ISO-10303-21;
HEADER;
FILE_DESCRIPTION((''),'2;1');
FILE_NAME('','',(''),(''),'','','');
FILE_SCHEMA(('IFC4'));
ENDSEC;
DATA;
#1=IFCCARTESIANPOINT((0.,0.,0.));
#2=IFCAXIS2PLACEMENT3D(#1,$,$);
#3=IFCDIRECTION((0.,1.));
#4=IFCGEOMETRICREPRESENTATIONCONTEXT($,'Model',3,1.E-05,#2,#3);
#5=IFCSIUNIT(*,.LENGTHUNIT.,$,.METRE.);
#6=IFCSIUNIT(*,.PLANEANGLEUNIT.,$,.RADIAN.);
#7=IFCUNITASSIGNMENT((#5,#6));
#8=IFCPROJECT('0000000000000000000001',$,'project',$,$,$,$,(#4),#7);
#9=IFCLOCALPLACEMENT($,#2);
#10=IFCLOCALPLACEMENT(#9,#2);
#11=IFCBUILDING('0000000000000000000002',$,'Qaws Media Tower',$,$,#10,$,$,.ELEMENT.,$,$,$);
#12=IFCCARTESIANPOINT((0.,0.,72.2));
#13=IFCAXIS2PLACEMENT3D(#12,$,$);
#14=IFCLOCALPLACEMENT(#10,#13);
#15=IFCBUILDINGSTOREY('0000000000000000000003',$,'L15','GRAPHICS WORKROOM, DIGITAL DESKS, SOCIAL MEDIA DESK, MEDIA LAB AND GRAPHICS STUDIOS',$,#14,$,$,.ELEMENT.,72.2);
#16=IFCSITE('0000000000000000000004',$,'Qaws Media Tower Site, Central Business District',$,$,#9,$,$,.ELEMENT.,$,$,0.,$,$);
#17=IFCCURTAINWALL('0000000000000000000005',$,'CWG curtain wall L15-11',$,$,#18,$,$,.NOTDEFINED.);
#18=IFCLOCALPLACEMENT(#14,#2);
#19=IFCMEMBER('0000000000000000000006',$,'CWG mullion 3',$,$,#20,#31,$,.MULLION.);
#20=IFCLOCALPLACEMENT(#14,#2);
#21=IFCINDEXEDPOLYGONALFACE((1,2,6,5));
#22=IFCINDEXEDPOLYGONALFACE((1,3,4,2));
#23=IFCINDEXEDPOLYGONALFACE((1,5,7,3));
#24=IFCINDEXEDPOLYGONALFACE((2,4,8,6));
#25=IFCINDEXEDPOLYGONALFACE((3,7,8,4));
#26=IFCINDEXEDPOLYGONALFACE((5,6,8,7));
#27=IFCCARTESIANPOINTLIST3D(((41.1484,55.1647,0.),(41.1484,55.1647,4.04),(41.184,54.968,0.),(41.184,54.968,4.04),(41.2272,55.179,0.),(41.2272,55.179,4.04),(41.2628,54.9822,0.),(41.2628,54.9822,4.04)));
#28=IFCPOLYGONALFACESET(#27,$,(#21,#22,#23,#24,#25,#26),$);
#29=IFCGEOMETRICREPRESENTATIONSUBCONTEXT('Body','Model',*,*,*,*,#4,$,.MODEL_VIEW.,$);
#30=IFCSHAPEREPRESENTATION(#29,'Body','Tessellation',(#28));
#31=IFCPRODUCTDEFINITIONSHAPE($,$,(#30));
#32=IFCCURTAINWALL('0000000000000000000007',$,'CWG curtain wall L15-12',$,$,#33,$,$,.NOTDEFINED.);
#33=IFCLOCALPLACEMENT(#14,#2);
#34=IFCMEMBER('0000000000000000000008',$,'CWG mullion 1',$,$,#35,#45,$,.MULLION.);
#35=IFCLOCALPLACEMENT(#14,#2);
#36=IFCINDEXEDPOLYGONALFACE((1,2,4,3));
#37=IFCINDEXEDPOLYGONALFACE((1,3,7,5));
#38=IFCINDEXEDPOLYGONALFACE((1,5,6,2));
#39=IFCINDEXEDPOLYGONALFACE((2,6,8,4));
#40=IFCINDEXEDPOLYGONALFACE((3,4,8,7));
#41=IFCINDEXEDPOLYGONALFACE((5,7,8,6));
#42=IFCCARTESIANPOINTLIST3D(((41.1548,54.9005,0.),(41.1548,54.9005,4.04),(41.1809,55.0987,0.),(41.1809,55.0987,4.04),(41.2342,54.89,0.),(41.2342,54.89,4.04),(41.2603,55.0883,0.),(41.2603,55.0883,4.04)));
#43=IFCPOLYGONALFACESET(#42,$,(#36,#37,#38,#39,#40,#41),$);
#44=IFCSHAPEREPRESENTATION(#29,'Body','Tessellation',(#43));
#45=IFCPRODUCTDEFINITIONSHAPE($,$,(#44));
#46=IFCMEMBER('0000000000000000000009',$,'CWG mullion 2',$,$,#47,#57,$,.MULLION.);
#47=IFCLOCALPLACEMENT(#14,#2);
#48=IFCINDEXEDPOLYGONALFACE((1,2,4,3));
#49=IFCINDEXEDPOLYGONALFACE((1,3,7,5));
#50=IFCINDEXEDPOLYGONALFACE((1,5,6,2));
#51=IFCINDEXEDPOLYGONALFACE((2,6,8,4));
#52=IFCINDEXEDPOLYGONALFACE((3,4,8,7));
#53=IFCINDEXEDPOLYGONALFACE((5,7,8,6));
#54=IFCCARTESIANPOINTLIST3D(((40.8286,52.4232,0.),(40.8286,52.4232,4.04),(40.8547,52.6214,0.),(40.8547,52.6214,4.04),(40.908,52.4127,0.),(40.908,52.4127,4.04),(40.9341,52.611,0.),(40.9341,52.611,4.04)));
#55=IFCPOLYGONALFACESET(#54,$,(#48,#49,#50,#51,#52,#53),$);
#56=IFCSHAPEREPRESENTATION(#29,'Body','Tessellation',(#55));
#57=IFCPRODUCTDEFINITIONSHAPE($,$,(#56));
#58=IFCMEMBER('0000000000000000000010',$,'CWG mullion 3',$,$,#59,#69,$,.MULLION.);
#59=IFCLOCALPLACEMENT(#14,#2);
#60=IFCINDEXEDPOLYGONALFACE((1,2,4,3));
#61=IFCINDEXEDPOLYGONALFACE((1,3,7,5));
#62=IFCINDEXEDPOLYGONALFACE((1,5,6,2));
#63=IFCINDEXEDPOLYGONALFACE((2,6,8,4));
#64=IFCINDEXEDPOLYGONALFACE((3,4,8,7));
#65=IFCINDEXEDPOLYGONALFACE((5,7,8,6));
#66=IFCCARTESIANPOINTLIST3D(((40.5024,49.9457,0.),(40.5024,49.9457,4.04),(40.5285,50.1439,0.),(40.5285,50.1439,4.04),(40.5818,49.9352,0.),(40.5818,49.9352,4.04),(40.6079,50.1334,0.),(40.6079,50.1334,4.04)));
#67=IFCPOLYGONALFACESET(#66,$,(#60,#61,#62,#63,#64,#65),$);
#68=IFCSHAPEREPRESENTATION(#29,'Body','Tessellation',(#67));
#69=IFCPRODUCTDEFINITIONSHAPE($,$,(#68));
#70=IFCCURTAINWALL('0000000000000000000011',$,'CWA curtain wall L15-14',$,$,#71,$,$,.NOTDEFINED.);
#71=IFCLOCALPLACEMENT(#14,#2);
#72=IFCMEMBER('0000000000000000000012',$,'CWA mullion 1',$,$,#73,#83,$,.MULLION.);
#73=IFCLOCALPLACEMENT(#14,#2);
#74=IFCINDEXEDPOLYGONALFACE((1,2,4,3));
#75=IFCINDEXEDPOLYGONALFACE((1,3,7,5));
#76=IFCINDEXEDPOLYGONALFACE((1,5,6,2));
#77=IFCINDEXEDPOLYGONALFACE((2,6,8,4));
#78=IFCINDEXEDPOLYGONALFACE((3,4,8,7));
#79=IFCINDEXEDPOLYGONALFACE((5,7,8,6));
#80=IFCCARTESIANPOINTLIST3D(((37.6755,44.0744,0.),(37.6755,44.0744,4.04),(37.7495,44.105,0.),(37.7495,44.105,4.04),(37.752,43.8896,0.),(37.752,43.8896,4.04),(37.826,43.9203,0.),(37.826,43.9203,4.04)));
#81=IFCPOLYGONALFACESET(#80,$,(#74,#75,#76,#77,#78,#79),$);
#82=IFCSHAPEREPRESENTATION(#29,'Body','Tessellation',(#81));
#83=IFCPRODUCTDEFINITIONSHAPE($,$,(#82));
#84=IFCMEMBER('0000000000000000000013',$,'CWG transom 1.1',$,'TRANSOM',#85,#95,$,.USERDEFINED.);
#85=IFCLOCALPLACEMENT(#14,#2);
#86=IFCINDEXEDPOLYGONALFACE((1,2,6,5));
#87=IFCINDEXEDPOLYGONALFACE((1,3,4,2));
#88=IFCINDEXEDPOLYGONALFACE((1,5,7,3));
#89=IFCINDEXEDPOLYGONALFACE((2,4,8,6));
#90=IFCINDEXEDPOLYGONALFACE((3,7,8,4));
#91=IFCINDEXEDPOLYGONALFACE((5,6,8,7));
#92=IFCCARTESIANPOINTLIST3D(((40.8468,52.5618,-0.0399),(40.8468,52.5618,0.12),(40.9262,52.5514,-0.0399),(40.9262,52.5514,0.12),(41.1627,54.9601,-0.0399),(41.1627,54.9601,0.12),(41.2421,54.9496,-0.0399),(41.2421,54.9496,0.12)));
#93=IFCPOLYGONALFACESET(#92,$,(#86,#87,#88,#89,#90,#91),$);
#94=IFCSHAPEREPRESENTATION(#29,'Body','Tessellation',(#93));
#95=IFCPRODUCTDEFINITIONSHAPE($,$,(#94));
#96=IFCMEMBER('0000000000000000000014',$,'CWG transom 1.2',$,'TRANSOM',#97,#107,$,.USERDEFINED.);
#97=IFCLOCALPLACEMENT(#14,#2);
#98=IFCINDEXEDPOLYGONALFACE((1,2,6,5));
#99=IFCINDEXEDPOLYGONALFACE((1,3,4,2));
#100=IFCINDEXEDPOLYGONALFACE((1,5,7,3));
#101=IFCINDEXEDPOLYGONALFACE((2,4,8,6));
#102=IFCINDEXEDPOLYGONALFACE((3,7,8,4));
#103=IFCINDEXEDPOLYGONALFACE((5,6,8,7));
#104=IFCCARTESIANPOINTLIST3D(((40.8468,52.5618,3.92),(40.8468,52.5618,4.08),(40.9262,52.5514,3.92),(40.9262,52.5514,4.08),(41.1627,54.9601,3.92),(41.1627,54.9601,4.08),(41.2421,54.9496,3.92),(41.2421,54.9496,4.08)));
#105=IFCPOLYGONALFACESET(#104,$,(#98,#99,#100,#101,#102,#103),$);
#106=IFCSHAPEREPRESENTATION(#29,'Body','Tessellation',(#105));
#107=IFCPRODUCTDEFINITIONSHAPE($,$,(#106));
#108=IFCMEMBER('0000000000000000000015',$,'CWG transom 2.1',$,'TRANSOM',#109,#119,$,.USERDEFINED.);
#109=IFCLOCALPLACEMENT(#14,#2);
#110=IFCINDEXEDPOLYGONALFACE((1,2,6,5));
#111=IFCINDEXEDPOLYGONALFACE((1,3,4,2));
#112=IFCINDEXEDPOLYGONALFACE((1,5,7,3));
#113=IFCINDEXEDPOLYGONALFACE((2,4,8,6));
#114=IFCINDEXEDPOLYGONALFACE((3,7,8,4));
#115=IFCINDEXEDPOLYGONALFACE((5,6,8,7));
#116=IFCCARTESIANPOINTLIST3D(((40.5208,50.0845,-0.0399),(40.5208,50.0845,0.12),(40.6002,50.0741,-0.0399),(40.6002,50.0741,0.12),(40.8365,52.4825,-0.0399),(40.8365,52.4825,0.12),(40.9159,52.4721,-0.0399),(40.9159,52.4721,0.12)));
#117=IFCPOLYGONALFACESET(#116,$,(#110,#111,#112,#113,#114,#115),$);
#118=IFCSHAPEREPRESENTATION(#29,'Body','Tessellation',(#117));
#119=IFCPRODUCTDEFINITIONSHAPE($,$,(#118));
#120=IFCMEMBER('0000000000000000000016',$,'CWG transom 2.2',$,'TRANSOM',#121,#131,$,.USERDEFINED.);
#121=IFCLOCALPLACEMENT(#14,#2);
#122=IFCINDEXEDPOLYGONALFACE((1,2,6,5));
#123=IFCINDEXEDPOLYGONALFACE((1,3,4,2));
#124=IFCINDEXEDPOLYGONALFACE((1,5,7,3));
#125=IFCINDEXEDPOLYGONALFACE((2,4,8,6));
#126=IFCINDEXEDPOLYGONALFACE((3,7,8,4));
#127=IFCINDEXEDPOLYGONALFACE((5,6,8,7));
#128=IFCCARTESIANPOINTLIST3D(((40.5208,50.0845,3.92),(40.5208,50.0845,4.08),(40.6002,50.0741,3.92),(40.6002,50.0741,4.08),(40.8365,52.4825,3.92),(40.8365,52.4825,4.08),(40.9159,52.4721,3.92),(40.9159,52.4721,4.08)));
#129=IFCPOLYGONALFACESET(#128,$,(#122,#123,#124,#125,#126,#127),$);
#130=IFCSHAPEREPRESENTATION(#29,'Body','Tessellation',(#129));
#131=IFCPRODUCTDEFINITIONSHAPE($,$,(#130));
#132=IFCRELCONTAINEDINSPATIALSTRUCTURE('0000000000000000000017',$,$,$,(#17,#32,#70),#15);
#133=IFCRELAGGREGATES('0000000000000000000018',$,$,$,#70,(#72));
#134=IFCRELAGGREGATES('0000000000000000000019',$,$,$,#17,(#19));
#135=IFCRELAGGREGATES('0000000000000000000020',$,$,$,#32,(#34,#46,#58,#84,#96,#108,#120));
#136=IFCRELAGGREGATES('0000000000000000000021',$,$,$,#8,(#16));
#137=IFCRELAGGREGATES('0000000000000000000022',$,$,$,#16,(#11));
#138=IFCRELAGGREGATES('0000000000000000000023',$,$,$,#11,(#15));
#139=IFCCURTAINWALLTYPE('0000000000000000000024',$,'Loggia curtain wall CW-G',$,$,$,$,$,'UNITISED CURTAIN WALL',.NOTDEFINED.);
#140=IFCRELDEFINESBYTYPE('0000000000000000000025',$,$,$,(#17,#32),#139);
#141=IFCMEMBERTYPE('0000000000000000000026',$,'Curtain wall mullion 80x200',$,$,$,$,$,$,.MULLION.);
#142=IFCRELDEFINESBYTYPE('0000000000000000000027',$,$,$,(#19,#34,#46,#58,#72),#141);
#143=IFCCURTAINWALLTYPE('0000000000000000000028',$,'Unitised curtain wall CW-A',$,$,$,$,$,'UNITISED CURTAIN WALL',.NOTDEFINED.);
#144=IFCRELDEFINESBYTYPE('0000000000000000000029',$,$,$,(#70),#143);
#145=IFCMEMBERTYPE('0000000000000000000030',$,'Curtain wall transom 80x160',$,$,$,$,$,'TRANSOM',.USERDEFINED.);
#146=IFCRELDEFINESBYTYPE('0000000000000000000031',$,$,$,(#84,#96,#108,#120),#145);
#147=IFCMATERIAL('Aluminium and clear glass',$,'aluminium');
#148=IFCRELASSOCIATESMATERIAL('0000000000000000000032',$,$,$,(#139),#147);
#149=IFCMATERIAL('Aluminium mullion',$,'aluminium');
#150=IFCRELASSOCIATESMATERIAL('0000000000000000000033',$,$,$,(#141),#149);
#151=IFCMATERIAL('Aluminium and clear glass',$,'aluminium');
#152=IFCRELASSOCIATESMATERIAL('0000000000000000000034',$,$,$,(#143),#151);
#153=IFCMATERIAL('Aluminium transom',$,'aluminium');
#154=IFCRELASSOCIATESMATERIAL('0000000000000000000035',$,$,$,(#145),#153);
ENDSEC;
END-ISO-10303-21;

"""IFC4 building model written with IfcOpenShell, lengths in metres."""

from ifc_helpers import new_model, si_unit, direction, frame, origin, origin_2d, place, context, subcontext, project, spatial, rectangle, extrude, material, material_profile, profile_set, type_object, element, aggregate, save


model = new_model("IFC4")

# Units and contexts
model_context = context("Model", 3, precision=1e-05, world=origin(), true_north=direction((0.0, 1.0)))
body_context = subcontext(model_context, "Body", "Model", "MODEL_VIEW")
ifc_project = project(units=[si_unit("LENGTHUNIT", "METRE"), si_unit("PLANEANGLEUNIT", "RADIAN")], contexts=[model_context])

# Site, building, storey
site_placement = place(None, origin())
site = spatial("IfcSite", under=ifc_project, at=site_placement, Name="Qaws Media Tower Site, Central Business District", CompositionType="ELEMENT", RefElevation=0.0)
building_placement = place(site_placement, origin())
building = spatial("IfcBuilding", under=site, at=building_placement, Name="Qaws Media Tower", CompositionType="ELEMENT")
storey_placement = place(building_placement, frame((0.0, 0.0, 72.2)))
storey = spatial("IfcBuildingStorey", under=building, at=storey_placement, Name="L15", Description="GRAPHICS WORKROOM, DIGITAL DESKS, SOCIAL MEDIA DESK, MEDIA LAB AND GRAPHICS STUDIOS", CompositionType="ELEMENT", Elevation=72.2)

# Curtain wall, member
ifc_material_1 = material(Name="Aluminium and clear glass", Category="aluminium")
curtain_wall_type_1 = type_object("IfcCurtainWallType", Name="Loggia curtain wall CW-G", ElementType="UNITISED CURTAIN WALL", PredefinedType="NOTDEFINED", material=ifc_material_1)
curtain_wall_1_placement = place(storey_placement, origin())
curtain_wall_1 = element("IfcCurtainWall", 1, at=curtain_wall_1_placement, inside=storey, type_object=curtain_wall_type_1, Name="CWG curtain wall L15-11", PredefinedType="NOTDEFINED")
ifc_material_2 = material(Name="Aluminium mullion", Category="aluminium")
ifc_material_profile_1 = material_profile(ifc_material_2, rectangle(XDim=0.0801, YDim=0.2, at=origin_2d()), Name="80x200")
ifc_profile_set_1 = profile_set([ifc_material_profile_1], Name="Aluminium mullion")
member_type_1 = type_object("IfcMemberType", Name="Curtain wall mullion 80x200", PredefinedType="MULLION", material=ifc_profile_set_1)
member_1_placement = place(storey_placement, frame((41.2056, 55.0735, 0.0), z_axis=(0.0, 0.0, 1.0), x_axis=(0.984018, 0.178071, 0.0)))
member_1 = element("IfcMember", 2, at=member_1_placement, type_object=member_type_1, Name="CWG mullion 3", PredefinedType="MULLION", context=body_context, shape_type="SweptSolid", body=[
    extrude(rectangle(XDim=0.0801, YDim=0.2, at=origin_2d()), origin(), (0.0, 0.0, 1.0), 4.04),
])

# Curtain wall, members
curtain_wall_2_placement = place(storey_placement, origin())
curtain_wall_2 = element("IfcCurtainWall", 3, at=curtain_wall_2_placement, inside=storey, type_object=curtain_wall_type_1, Name="CWG curtain wall L15-12", PredefinedType="NOTDEFINED")
member_2_placement = place(storey_placement, frame((41.2075, 54.9944, 0.0), z_axis=(0.0, 0.0, 1.0), x_axis=(0.991445, -0.130526, 0.0)))
member_2 = element("IfcMember", 4, at=member_2_placement, type_object=member_type_1, Name="CWG mullion 1", PredefinedType="MULLION", context=body_context, shape_type="SweptSolid", body=[
    extrude(rectangle(XDim=0.0801, YDim=0.2, at=origin_2d()), origin(), (0.0, 0.0, 1.0), 4.04),
])
member_3_placement = place(storey_placement, frame((40.8813, 52.5171, 0.0), z_axis=(0.0, 0.0, 1.0), x_axis=(0.991445, -0.130526, 0.0)))
member_3 = element("IfcMember", 5, at=member_3_placement, type_object=member_type_1, Name="CWG mullion 2", PredefinedType="MULLION", context=body_context, shape_type="SweptSolid", body=[
    extrude(rectangle(XDim=0.0801, YDim=0.2, at=origin_2d()), origin(), (0.0, 0.0, 1.0), 4.04),
])
member_4_placement = place(storey_placement, frame((40.5552, 50.0396, 0.0), z_axis=(0.0, 0.0, 1.0), x_axis=(0.991445, -0.130526, 0.0)))
member_4 = element("IfcMember", 6, at=member_4_placement, type_object=member_type_1, Name="CWG mullion 3", PredefinedType="MULLION", context=body_context, shape_type="SweptSolid", body=[
    extrude(rectangle(XDim=0.0801, YDim=0.2, at=origin_2d()), origin(), (0.0, 0.0, 1.0), 4.04),
])

# Curtain wall, member
ifc_material_3 = material(Name="Aluminium and clear glass", Category="aluminium")
curtain_wall_type_2 = type_object("IfcCurtainWallType", Name="Unitised curtain wall CW-A", ElementType="UNITISED CURTAIN WALL", PredefinedType="NOTDEFINED", material=ifc_material_3)
curtain_wall_3_placement = place(storey_placement, origin())
curtain_wall_3 = element("IfcCurtainWall", 7, at=curtain_wall_3_placement, inside=storey, type_object=curtain_wall_type_2, Name="CWA curtain wall L15-14", PredefinedType="NOTDEFINED")
member_5_placement = place(storey_placement, frame((37.7507, 43.9973, 0.0), z_axis=(0.0, 0.0, 1.0), x_axis=(0.92388, 0.382683, 0.0)))
member_5 = element("IfcMember", 8, at=member_5_placement, type_object=member_type_1, Name="CWA mullion 1", PredefinedType="MULLION", context=body_context, shape_type="SweptSolid", body=[
    extrude(rectangle(XDim=0.0801, YDim=0.2, at=origin_2d()), origin(), (0.0, 0.0, 1.0), 4.04),
])
aggregate(curtain_wall_3, [member_5])

# Members
ifc_material_4 = material(Name="Aluminium transom", Category="aluminium")
ifc_material_profile_2 = material_profile(ifc_material_4, rectangle(XDim=0.0801, YDim=0.1599, at=origin_2d()), Name="80x160")
ifc_profile_set_2 = profile_set([ifc_material_profile_2], Name="Aluminium transom")
member_type_2 = type_object("IfcMemberType", Name="Curtain wall transom 80x160", ElementType="TRANSOM", PredefinedType="USERDEFINED", material=ifc_profile_set_2)
member_6_placement = place(storey_placement, frame((41.2024, 54.9548, 0.04), z_axis=(-0.130603, -0.991435, 0.0), x_axis=(0.991435, -0.130603, 0.0)))
member_6 = element("IfcMember", 9, at=member_6_placement, type_object=member_type_2, Name="CWG transom 1.1", ObjectType="TRANSOM", PredefinedType="USERDEFINED", context=body_context, shape_type="SweptSolid", body=[
    extrude(rectangle(XDim=0.0801, YDim=0.1599, at=origin_2d()), origin(), (0.0, 0.0, 1.0), 2.4189),
])
member_7_placement = place(storey_placement, frame((41.2024, 54.9548, 4.0), z_axis=(-0.130603, -0.991435, 0.0), x_axis=(0.991435, -0.130603, 0.0)))
member_7 = element("IfcMember", 10, at=member_7_placement, type_object=member_type_2, Name="CWG transom 1.2", ObjectType="TRANSOM", PredefinedType="USERDEFINED", context=body_context, shape_type="SweptSolid", body=[
    extrude(rectangle(XDim=0.0801, YDim=0.1599, at=origin_2d()), origin(), (0.0, 0.0, 1.0), 2.4189),
])
member_8_placement = place(storey_placement, frame((40.8762, 52.4773, 0.04), z_axis=(-0.130517, -0.991446, 0.0), x_axis=(0.991446, -0.130517, 0.0)))
member_8 = element("IfcMember", 11, at=member_8_placement, type_object=member_type_2, Name="CWG transom 2.1", ObjectType="TRANSOM", PredefinedType="USERDEFINED", context=body_context, shape_type="SweptSolid", body=[
    extrude(rectangle(XDim=0.0801, YDim=0.1599, at=origin_2d()), origin(), (0.0, 0.0, 1.0), 2.4187),
])
member_9_placement = place(storey_placement, frame((40.8762, 52.4773, 4.0), z_axis=(-0.130517, -0.991446, 0.0), x_axis=(0.991446, -0.130517, 0.0)))
member_9 = element("IfcMember", 12, at=member_9_placement, type_object=member_type_2, Name="CWG transom 2.2", ObjectType="TRANSOM", PredefinedType="USERDEFINED", context=body_context, shape_type="SweptSolid", body=[
    extrude(rectangle(XDim=0.0801, YDim=0.1599, at=origin_2d()), origin(), (0.0, 0.0, 1.0), 2.4187),
])

aggregate(curtain_wall_1, [member_1])
aggregate(curtain_wall_2, [member_2, member_3, member_4, member_6, member_7, member_8, member_9])

save(model, "model.ifc")
